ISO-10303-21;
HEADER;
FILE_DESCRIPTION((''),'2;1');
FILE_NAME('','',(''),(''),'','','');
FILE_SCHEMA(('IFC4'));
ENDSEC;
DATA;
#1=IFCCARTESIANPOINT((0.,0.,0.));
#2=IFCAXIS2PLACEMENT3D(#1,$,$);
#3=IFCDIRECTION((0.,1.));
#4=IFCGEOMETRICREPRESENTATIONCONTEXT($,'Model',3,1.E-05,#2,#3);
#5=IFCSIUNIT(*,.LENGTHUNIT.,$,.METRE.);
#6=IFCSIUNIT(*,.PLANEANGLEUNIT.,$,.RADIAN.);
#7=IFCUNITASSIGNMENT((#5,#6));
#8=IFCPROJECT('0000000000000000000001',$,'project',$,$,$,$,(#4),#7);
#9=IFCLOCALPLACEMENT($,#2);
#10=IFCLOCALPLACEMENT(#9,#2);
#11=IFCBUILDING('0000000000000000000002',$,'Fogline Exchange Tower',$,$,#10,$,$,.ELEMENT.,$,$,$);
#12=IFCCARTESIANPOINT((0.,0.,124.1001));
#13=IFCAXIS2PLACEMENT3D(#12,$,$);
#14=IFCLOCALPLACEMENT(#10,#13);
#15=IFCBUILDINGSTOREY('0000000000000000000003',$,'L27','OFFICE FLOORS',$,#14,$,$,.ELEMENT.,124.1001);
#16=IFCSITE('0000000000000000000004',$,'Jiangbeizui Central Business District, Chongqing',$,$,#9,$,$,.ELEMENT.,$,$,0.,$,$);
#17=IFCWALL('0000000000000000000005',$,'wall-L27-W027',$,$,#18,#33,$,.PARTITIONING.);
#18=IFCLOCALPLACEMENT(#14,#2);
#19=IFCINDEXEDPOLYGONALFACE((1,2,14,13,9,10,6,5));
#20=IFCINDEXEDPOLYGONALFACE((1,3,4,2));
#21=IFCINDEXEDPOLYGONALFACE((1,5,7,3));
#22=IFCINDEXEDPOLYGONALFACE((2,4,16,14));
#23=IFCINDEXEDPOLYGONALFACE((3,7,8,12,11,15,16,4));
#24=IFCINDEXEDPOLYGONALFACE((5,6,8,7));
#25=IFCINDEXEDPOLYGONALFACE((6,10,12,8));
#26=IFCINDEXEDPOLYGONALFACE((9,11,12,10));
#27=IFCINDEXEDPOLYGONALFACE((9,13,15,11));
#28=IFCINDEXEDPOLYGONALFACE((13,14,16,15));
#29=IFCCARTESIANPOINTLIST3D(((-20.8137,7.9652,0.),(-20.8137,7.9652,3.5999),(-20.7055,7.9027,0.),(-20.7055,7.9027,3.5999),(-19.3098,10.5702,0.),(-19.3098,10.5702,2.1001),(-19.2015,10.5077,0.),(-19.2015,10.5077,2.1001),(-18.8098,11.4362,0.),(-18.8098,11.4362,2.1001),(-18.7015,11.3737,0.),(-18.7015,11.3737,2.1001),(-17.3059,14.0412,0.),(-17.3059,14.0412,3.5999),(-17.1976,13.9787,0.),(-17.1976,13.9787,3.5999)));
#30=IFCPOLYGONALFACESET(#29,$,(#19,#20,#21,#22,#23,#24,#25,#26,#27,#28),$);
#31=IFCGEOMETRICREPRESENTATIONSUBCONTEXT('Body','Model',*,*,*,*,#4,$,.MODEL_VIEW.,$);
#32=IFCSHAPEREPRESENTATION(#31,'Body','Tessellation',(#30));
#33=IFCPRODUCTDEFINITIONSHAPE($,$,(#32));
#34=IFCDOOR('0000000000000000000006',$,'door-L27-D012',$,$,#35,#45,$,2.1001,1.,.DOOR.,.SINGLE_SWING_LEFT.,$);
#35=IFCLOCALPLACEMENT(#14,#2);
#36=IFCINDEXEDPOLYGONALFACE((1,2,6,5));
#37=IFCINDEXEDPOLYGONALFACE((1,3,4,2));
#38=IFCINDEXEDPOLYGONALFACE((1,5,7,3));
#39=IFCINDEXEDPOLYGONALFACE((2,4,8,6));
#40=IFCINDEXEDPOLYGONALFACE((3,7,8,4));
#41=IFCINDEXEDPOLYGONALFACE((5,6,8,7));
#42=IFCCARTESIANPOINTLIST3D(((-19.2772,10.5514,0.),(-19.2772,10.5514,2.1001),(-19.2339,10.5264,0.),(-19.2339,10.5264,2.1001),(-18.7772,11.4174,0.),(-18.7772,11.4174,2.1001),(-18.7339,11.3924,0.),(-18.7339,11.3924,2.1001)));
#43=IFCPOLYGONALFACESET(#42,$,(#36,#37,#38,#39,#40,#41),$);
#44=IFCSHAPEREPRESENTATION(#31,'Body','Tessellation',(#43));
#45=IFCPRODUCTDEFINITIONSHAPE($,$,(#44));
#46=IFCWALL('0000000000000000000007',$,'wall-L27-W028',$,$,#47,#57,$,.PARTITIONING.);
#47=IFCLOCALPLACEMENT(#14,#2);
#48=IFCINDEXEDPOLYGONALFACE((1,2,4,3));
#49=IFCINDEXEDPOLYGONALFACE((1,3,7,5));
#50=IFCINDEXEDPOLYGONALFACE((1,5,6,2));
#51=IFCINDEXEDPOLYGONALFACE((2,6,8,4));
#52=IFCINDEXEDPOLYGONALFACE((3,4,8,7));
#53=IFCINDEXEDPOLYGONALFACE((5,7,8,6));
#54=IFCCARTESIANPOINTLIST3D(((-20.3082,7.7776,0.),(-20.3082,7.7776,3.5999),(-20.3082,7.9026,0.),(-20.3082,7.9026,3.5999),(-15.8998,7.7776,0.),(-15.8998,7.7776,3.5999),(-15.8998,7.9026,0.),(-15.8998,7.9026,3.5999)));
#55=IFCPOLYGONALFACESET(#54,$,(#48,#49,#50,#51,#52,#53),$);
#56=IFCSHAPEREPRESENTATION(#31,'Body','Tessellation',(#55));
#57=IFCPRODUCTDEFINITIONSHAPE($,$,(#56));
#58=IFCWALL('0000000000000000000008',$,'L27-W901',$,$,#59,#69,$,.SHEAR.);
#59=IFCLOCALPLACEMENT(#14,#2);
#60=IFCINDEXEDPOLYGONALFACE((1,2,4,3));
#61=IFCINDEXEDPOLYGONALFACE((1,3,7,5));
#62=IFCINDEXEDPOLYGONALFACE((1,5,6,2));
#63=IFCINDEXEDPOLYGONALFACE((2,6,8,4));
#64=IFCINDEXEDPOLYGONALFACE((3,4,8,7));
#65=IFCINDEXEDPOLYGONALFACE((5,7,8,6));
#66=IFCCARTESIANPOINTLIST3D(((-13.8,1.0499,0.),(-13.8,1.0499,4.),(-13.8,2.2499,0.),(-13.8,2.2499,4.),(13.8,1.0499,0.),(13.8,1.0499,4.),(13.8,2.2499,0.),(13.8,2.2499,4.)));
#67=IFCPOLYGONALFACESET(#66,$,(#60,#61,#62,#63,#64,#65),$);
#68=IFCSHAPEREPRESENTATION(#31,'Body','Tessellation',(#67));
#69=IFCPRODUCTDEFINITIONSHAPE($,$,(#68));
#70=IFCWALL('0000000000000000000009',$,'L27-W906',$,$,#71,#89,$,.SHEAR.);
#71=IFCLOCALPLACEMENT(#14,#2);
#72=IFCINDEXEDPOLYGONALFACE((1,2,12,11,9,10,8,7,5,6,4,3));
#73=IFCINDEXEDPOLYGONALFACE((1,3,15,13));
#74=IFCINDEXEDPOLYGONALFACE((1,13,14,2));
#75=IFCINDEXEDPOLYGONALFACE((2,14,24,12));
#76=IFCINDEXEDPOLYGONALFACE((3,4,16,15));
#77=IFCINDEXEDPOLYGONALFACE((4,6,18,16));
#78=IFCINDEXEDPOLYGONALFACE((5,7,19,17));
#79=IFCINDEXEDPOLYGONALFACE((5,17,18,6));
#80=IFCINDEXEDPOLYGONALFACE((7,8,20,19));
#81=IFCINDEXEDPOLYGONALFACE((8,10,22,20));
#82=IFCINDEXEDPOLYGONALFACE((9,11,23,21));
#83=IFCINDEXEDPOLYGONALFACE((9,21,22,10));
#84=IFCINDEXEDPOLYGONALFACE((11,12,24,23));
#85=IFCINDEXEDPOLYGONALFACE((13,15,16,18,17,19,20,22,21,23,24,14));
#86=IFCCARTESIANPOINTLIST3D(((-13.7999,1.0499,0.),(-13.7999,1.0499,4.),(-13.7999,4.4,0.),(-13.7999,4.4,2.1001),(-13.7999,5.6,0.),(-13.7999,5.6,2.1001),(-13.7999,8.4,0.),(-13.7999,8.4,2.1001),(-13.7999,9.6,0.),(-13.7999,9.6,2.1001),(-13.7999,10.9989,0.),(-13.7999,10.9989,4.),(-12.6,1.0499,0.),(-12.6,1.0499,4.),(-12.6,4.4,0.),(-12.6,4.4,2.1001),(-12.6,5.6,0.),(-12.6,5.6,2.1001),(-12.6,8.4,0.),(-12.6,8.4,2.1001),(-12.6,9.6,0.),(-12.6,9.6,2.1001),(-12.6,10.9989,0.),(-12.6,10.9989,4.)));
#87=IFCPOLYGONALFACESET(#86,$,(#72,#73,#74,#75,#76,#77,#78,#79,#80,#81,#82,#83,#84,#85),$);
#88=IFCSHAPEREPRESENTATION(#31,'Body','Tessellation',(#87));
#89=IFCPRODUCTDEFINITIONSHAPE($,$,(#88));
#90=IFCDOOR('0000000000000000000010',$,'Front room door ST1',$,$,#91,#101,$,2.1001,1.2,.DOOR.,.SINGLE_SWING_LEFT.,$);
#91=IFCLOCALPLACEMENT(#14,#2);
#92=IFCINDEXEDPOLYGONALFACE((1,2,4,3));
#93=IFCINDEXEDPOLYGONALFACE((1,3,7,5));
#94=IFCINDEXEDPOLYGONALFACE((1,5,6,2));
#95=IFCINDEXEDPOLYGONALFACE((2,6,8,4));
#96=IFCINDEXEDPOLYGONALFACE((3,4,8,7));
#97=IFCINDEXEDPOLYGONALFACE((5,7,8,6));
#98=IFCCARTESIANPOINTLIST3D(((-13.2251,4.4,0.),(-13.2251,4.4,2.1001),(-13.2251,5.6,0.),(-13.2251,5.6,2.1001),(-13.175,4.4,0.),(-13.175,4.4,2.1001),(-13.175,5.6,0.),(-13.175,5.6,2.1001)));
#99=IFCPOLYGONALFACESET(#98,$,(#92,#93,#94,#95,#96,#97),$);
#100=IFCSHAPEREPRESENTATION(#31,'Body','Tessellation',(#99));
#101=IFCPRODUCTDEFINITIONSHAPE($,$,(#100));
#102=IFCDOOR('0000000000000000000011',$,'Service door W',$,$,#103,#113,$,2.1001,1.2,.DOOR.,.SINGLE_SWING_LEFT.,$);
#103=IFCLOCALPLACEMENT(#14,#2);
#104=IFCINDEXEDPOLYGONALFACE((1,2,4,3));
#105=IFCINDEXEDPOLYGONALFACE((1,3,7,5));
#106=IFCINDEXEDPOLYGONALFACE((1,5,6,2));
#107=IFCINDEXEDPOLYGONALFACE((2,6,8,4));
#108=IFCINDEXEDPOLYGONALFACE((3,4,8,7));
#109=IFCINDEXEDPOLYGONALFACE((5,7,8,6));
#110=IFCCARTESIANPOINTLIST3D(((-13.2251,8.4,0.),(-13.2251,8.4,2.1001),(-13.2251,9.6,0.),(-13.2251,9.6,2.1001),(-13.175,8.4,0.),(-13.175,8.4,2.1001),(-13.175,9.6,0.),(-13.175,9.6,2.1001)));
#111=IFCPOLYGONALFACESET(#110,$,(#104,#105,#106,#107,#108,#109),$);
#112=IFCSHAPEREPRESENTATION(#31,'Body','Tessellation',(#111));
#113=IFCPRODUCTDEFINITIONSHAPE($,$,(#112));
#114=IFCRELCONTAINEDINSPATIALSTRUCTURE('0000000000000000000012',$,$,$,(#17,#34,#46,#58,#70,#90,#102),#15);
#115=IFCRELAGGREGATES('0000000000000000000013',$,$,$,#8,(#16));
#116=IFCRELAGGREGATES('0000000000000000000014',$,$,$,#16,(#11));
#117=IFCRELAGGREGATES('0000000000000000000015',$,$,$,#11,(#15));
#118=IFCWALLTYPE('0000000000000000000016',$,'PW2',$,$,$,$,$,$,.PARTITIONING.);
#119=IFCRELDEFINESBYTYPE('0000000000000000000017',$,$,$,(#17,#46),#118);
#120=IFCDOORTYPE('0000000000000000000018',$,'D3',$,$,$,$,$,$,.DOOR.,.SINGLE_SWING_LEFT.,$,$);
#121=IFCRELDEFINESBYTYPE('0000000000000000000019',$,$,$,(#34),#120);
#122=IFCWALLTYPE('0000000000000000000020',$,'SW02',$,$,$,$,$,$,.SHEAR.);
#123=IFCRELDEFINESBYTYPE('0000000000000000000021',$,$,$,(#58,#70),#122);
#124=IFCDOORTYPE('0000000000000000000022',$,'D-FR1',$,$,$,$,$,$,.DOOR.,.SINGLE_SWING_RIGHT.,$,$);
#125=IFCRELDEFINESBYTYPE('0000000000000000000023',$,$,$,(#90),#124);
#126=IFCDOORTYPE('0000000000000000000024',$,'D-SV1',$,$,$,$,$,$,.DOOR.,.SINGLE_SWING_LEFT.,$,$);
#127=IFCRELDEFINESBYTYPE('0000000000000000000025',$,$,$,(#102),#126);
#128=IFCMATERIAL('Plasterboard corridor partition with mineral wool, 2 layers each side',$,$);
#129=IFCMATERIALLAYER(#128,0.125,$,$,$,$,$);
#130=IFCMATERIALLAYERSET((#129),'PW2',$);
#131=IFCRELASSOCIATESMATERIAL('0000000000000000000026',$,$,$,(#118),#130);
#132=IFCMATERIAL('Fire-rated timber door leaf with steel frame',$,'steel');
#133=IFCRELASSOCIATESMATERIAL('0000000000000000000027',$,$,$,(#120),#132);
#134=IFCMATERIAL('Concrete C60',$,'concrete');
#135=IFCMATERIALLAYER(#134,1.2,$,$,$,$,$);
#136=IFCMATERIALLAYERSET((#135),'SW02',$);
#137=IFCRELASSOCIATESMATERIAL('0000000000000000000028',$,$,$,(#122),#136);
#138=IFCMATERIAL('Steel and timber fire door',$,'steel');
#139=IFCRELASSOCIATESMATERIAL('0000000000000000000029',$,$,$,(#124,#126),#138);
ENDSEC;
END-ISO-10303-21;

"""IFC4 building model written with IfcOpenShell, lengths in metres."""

from ifc_helpers import new_model, si_unit, direction, frame, frame_2d, origin, place, context, subcontext, project, spatial, rectangle, extrude, material, layer, layer_set, type_object, element, fill, save


model = new_model("IFC4")

# Units and contexts
model_context = context("Model", 3, precision=1e-05, world=origin(), true_north=direction((0.0, 1.0)))
body_context = subcontext(model_context, "Body", "Model", "MODEL_VIEW")
ifc_project = project(units=[si_unit("LENGTHUNIT", "METRE"), si_unit("PLANEANGLEUNIT", "RADIAN")], contexts=[model_context])

# Site, building, storey
site_placement = place(None, origin())
site = spatial("IfcSite", under=ifc_project, at=site_placement, Name="Jiangbeizui Central Business District, Chongqing", CompositionType="ELEMENT", RefElevation=0.0)
building_placement = place(site_placement, origin())
building = spatial("IfcBuilding", under=site, at=building_placement, Name="Fogline Exchange Tower", CompositionType="ELEMENT")
storey_placement = place(building_placement, frame((0.0, 0.0, 124.1001)))
storey = spatial("IfcBuildingStorey", under=building, at=storey_placement, Name="L27", Description="OFFICE FLOORS", CompositionType="ELEMENT", Elevation=124.1001)

# Shared definitions
ifc_material_1 = material(Name="Plasterboard corridor partition with mineral wool, 2 layers each side")
ifc_layer_1 = layer(ifc_material_1, 0.125)
ifc_layer_set_1 = layer_set([ifc_layer_1], Name="PW2")
wall_type_1 = type_object("IfcWallType", Name="PW2", PredefinedType="PARTITIONING", material=ifc_layer_set_1)

# Shared definitions
ifc_material_2 = material(Name="Fire-rated timber door leaf with steel frame", Category="steel")
door_type_1 = type_object("IfcDoorType", Name="D3", OperationType="SINGLE_SWING_LEFT", PredefinedType="DOOR", material=ifc_material_2)

# Wall, opening, door
wall_1_placement = place(storey_placement, frame((-20.7595, 7.9341, 0.0), z_axis=(0.0, 0.0, 1.0), x_axis=(0.499987, 0.866033, 0.0)))
wall_1 = element("IfcWall", 1, at=wall_1_placement, inside=storey, type_object=wall_type_1, Name="wall-L27-W027", PredefinedType="PARTITIONING", context=body_context, shape_type="SweptSolid", body=[
    extrude(rectangle(XDim=7.0159, YDim=0.125, at=frame_2d((3.5078, 0.0))), origin(), (0.0, 0.0, 1.0), 3.5999),
])
opening_1_placement = place(wall_1_placement, frame((3.0078, 0.0, 0.0)))
opening_1 = element("IfcOpeningElement", 2, at=opening_1_placement, cuts=wall_1, PredefinedType="OPENING", context=body_context, shape_type="SweptSolid", body=[
    extrude(rectangle(XDim=1.0, YDim=2.1001, at=frame_2d((0.5, 1.05))), frame((0.0, 0.0725, 0.0), z_axis=(0.0, -1.0, 0.0), x_axis=(1.0, 0.0, 0.0)), (0.0, 0.0, 1.0), 0.145),
])
door_1_placement = place(opening_1_placement, origin())
door_1 = element("IfcDoor", 3, at=door_1_placement, inside=storey, type_object=door_type_1, Name="door-L27-D012", OperationType="SINGLE_SWING_LEFT", OverallHeight=2.1001, OverallWidth=1.0, PredefinedType="DOOR", context=body_context, shape_type="SweptSolid", body=[
    extrude(rectangle(XDim=1.0, YDim=2.1001, at=frame_2d((0.5, 1.05))), frame((0.0, 0.0249, 0.0), z_axis=(0.0, -1.0, 0.0), x_axis=(1.0, 0.0, 0.0)), (0.0, 0.0, 1.0), 0.05),
])
fill(opening_1, door_1)

# Walls
wall_2_placement = place(storey_placement, frame((-15.8999, 7.8401, 0.0), z_axis=(0.0, 0.0, 1.0), x_axis=(-1.0, 0.0, 0.0)))
element("IfcWall", 4, at=wall_2_placement, inside=storey, type_object=wall_type_1, Name="wall-L27-W028", PredefinedType="PARTITIONING", context=body_context, shape_type="SweptSolid", body=[
    extrude(rectangle(XDim=4.4084, YDim=0.125, at=frame_2d((2.2041, 0.0))), origin(), (0.0, 0.0, 1.0), 3.5999),
])
ifc_material_3 = material(Name="Concrete C60", Category="concrete")
ifc_layer_2 = layer(ifc_material_3, 1.2)
ifc_layer_set_2 = layer_set([ifc_layer_2], Name="SW02")
wall_type_2 = type_object("IfcWallType", Name="SW02", PredefinedType="SHEAR", material=ifc_layer_set_2)
wall_3_placement = place(storey_placement, frame((-13.8, 1.6499, 0.0), z_axis=(0.0, 0.0, 1.0), x_axis=(1.0, 0.0, 0.0)))
element("IfcWall", 5, at=wall_3_placement, inside=storey, type_object=wall_type_2, Name="L27-W901", PredefinedType="SHEAR", context=body_context, shape_type="SweptSolid", body=[
    extrude(rectangle(XDim=27.6001, YDim=1.2, at=frame_2d((13.8, 0.0))), origin(), (0.0, 0.0, 1.0), 4.0),
])

# Wall, openings, doors
wall_4_placement = place(storey_placement, frame((-13.2, 10.999, 0.0), z_axis=(0.0, 0.0, 1.0), x_axis=(0.0, -1.0, 0.0)))
wall_4 = element("IfcWall", 6, at=wall_4_placement, inside=storey, type_object=wall_type_2, Name="L27-W906", PredefinedType="SHEAR", context=body_context, shape_type="SweptSolid", body=[
    extrude(rectangle(XDim=9.949, YDim=1.2, at=frame_2d((4.9746, 0.0))), origin(), (0.0, 0.0, 1.0), 4.0),
])
opening_2_placement = place(wall_4_placement, frame((5.3989, 0.0, 0.0)))
opening_2 = element("IfcOpeningElement", 7, at=opening_2_placement, cuts=wall_4, PredefinedType="OPENING", context=body_context, shape_type="SweptSolid", body=[
    extrude(rectangle(XDim=1.2, YDim=2.1001, at=frame_2d((0.6001, 1.05))), frame((0.0, 0.6099, 0.0), z_axis=(0.0, -1.0, 0.0), x_axis=(1.0, 0.0, 0.0)), (0.0, 0.0, 1.0), 1.22),
])
opening_3_placement = place(wall_4_placement, frame((1.3989, 0.0, 0.0)))
opening_3 = element("IfcOpeningElement", 8, at=opening_3_placement, cuts=wall_4, PredefinedType="OPENING", context=body_context, shape_type="SweptSolid", body=[
    extrude(rectangle(XDim=1.2, YDim=2.1001, at=frame_2d((0.6001, 1.05))), frame((0.0, 0.6099, 0.0), z_axis=(0.0, -1.0, 0.0), x_axis=(1.0, 0.0, 0.0)), (0.0, 0.0, 1.0), 1.22),
])
ifc_material_4 = material(Name="Steel and timber fire door", Category="steel")
door_type_2 = type_object("IfcDoorType", Name="D-FR1", OperationType="SINGLE_SWING_RIGHT", PredefinedType="DOOR", material=ifc_material_4)
door_2_placement = place(opening_2_placement, origin())
door_2 = element("IfcDoor", 9, at=door_2_placement, inside=storey, type_object=door_type_2, Name="Front room door ST1", OperationType="SINGLE_SWING_LEFT", OverallHeight=2.1001, OverallWidth=1.2, PredefinedType="DOOR", context=body_context, shape_type="SweptSolid", body=[
    extrude(rectangle(XDim=1.2, YDim=2.1001, at=frame_2d((0.6001, 1.05))), frame((0.0, 0.0249, 0.0), z_axis=(0.0, -1.0, 0.0), x_axis=(1.0, 0.0, 0.0)), (0.0, 0.0, 1.0), 0.05),
])
fill(opening_2, door_2)
door_type_3 = type_object("IfcDoorType", Name="D-SV1", OperationType="SINGLE_SWING_LEFT", PredefinedType="DOOR", material=ifc_material_4)
door_3_placement = place(opening_3_placement, origin())
door_3 = element("IfcDoor", 10, at=door_3_placement, inside=storey, type_object=door_type_3, Name="Service door W", OperationType="SINGLE_SWING_LEFT", OverallHeight=2.1001, OverallWidth=1.2, PredefinedType="DOOR", context=body_context, shape_type="SweptSolid", body=[
    extrude(rectangle(XDim=1.2, YDim=2.1001, at=frame_2d((0.6001, 1.05))), frame((0.0, 0.0249, 0.0), z_axis=(0.0, -1.0, 0.0), x_axis=(1.0, 0.0, 0.0)), (0.0, 0.0, 1.0), 0.05),
])
fill(opening_3, door_3)

save(model, "model.ifc")
